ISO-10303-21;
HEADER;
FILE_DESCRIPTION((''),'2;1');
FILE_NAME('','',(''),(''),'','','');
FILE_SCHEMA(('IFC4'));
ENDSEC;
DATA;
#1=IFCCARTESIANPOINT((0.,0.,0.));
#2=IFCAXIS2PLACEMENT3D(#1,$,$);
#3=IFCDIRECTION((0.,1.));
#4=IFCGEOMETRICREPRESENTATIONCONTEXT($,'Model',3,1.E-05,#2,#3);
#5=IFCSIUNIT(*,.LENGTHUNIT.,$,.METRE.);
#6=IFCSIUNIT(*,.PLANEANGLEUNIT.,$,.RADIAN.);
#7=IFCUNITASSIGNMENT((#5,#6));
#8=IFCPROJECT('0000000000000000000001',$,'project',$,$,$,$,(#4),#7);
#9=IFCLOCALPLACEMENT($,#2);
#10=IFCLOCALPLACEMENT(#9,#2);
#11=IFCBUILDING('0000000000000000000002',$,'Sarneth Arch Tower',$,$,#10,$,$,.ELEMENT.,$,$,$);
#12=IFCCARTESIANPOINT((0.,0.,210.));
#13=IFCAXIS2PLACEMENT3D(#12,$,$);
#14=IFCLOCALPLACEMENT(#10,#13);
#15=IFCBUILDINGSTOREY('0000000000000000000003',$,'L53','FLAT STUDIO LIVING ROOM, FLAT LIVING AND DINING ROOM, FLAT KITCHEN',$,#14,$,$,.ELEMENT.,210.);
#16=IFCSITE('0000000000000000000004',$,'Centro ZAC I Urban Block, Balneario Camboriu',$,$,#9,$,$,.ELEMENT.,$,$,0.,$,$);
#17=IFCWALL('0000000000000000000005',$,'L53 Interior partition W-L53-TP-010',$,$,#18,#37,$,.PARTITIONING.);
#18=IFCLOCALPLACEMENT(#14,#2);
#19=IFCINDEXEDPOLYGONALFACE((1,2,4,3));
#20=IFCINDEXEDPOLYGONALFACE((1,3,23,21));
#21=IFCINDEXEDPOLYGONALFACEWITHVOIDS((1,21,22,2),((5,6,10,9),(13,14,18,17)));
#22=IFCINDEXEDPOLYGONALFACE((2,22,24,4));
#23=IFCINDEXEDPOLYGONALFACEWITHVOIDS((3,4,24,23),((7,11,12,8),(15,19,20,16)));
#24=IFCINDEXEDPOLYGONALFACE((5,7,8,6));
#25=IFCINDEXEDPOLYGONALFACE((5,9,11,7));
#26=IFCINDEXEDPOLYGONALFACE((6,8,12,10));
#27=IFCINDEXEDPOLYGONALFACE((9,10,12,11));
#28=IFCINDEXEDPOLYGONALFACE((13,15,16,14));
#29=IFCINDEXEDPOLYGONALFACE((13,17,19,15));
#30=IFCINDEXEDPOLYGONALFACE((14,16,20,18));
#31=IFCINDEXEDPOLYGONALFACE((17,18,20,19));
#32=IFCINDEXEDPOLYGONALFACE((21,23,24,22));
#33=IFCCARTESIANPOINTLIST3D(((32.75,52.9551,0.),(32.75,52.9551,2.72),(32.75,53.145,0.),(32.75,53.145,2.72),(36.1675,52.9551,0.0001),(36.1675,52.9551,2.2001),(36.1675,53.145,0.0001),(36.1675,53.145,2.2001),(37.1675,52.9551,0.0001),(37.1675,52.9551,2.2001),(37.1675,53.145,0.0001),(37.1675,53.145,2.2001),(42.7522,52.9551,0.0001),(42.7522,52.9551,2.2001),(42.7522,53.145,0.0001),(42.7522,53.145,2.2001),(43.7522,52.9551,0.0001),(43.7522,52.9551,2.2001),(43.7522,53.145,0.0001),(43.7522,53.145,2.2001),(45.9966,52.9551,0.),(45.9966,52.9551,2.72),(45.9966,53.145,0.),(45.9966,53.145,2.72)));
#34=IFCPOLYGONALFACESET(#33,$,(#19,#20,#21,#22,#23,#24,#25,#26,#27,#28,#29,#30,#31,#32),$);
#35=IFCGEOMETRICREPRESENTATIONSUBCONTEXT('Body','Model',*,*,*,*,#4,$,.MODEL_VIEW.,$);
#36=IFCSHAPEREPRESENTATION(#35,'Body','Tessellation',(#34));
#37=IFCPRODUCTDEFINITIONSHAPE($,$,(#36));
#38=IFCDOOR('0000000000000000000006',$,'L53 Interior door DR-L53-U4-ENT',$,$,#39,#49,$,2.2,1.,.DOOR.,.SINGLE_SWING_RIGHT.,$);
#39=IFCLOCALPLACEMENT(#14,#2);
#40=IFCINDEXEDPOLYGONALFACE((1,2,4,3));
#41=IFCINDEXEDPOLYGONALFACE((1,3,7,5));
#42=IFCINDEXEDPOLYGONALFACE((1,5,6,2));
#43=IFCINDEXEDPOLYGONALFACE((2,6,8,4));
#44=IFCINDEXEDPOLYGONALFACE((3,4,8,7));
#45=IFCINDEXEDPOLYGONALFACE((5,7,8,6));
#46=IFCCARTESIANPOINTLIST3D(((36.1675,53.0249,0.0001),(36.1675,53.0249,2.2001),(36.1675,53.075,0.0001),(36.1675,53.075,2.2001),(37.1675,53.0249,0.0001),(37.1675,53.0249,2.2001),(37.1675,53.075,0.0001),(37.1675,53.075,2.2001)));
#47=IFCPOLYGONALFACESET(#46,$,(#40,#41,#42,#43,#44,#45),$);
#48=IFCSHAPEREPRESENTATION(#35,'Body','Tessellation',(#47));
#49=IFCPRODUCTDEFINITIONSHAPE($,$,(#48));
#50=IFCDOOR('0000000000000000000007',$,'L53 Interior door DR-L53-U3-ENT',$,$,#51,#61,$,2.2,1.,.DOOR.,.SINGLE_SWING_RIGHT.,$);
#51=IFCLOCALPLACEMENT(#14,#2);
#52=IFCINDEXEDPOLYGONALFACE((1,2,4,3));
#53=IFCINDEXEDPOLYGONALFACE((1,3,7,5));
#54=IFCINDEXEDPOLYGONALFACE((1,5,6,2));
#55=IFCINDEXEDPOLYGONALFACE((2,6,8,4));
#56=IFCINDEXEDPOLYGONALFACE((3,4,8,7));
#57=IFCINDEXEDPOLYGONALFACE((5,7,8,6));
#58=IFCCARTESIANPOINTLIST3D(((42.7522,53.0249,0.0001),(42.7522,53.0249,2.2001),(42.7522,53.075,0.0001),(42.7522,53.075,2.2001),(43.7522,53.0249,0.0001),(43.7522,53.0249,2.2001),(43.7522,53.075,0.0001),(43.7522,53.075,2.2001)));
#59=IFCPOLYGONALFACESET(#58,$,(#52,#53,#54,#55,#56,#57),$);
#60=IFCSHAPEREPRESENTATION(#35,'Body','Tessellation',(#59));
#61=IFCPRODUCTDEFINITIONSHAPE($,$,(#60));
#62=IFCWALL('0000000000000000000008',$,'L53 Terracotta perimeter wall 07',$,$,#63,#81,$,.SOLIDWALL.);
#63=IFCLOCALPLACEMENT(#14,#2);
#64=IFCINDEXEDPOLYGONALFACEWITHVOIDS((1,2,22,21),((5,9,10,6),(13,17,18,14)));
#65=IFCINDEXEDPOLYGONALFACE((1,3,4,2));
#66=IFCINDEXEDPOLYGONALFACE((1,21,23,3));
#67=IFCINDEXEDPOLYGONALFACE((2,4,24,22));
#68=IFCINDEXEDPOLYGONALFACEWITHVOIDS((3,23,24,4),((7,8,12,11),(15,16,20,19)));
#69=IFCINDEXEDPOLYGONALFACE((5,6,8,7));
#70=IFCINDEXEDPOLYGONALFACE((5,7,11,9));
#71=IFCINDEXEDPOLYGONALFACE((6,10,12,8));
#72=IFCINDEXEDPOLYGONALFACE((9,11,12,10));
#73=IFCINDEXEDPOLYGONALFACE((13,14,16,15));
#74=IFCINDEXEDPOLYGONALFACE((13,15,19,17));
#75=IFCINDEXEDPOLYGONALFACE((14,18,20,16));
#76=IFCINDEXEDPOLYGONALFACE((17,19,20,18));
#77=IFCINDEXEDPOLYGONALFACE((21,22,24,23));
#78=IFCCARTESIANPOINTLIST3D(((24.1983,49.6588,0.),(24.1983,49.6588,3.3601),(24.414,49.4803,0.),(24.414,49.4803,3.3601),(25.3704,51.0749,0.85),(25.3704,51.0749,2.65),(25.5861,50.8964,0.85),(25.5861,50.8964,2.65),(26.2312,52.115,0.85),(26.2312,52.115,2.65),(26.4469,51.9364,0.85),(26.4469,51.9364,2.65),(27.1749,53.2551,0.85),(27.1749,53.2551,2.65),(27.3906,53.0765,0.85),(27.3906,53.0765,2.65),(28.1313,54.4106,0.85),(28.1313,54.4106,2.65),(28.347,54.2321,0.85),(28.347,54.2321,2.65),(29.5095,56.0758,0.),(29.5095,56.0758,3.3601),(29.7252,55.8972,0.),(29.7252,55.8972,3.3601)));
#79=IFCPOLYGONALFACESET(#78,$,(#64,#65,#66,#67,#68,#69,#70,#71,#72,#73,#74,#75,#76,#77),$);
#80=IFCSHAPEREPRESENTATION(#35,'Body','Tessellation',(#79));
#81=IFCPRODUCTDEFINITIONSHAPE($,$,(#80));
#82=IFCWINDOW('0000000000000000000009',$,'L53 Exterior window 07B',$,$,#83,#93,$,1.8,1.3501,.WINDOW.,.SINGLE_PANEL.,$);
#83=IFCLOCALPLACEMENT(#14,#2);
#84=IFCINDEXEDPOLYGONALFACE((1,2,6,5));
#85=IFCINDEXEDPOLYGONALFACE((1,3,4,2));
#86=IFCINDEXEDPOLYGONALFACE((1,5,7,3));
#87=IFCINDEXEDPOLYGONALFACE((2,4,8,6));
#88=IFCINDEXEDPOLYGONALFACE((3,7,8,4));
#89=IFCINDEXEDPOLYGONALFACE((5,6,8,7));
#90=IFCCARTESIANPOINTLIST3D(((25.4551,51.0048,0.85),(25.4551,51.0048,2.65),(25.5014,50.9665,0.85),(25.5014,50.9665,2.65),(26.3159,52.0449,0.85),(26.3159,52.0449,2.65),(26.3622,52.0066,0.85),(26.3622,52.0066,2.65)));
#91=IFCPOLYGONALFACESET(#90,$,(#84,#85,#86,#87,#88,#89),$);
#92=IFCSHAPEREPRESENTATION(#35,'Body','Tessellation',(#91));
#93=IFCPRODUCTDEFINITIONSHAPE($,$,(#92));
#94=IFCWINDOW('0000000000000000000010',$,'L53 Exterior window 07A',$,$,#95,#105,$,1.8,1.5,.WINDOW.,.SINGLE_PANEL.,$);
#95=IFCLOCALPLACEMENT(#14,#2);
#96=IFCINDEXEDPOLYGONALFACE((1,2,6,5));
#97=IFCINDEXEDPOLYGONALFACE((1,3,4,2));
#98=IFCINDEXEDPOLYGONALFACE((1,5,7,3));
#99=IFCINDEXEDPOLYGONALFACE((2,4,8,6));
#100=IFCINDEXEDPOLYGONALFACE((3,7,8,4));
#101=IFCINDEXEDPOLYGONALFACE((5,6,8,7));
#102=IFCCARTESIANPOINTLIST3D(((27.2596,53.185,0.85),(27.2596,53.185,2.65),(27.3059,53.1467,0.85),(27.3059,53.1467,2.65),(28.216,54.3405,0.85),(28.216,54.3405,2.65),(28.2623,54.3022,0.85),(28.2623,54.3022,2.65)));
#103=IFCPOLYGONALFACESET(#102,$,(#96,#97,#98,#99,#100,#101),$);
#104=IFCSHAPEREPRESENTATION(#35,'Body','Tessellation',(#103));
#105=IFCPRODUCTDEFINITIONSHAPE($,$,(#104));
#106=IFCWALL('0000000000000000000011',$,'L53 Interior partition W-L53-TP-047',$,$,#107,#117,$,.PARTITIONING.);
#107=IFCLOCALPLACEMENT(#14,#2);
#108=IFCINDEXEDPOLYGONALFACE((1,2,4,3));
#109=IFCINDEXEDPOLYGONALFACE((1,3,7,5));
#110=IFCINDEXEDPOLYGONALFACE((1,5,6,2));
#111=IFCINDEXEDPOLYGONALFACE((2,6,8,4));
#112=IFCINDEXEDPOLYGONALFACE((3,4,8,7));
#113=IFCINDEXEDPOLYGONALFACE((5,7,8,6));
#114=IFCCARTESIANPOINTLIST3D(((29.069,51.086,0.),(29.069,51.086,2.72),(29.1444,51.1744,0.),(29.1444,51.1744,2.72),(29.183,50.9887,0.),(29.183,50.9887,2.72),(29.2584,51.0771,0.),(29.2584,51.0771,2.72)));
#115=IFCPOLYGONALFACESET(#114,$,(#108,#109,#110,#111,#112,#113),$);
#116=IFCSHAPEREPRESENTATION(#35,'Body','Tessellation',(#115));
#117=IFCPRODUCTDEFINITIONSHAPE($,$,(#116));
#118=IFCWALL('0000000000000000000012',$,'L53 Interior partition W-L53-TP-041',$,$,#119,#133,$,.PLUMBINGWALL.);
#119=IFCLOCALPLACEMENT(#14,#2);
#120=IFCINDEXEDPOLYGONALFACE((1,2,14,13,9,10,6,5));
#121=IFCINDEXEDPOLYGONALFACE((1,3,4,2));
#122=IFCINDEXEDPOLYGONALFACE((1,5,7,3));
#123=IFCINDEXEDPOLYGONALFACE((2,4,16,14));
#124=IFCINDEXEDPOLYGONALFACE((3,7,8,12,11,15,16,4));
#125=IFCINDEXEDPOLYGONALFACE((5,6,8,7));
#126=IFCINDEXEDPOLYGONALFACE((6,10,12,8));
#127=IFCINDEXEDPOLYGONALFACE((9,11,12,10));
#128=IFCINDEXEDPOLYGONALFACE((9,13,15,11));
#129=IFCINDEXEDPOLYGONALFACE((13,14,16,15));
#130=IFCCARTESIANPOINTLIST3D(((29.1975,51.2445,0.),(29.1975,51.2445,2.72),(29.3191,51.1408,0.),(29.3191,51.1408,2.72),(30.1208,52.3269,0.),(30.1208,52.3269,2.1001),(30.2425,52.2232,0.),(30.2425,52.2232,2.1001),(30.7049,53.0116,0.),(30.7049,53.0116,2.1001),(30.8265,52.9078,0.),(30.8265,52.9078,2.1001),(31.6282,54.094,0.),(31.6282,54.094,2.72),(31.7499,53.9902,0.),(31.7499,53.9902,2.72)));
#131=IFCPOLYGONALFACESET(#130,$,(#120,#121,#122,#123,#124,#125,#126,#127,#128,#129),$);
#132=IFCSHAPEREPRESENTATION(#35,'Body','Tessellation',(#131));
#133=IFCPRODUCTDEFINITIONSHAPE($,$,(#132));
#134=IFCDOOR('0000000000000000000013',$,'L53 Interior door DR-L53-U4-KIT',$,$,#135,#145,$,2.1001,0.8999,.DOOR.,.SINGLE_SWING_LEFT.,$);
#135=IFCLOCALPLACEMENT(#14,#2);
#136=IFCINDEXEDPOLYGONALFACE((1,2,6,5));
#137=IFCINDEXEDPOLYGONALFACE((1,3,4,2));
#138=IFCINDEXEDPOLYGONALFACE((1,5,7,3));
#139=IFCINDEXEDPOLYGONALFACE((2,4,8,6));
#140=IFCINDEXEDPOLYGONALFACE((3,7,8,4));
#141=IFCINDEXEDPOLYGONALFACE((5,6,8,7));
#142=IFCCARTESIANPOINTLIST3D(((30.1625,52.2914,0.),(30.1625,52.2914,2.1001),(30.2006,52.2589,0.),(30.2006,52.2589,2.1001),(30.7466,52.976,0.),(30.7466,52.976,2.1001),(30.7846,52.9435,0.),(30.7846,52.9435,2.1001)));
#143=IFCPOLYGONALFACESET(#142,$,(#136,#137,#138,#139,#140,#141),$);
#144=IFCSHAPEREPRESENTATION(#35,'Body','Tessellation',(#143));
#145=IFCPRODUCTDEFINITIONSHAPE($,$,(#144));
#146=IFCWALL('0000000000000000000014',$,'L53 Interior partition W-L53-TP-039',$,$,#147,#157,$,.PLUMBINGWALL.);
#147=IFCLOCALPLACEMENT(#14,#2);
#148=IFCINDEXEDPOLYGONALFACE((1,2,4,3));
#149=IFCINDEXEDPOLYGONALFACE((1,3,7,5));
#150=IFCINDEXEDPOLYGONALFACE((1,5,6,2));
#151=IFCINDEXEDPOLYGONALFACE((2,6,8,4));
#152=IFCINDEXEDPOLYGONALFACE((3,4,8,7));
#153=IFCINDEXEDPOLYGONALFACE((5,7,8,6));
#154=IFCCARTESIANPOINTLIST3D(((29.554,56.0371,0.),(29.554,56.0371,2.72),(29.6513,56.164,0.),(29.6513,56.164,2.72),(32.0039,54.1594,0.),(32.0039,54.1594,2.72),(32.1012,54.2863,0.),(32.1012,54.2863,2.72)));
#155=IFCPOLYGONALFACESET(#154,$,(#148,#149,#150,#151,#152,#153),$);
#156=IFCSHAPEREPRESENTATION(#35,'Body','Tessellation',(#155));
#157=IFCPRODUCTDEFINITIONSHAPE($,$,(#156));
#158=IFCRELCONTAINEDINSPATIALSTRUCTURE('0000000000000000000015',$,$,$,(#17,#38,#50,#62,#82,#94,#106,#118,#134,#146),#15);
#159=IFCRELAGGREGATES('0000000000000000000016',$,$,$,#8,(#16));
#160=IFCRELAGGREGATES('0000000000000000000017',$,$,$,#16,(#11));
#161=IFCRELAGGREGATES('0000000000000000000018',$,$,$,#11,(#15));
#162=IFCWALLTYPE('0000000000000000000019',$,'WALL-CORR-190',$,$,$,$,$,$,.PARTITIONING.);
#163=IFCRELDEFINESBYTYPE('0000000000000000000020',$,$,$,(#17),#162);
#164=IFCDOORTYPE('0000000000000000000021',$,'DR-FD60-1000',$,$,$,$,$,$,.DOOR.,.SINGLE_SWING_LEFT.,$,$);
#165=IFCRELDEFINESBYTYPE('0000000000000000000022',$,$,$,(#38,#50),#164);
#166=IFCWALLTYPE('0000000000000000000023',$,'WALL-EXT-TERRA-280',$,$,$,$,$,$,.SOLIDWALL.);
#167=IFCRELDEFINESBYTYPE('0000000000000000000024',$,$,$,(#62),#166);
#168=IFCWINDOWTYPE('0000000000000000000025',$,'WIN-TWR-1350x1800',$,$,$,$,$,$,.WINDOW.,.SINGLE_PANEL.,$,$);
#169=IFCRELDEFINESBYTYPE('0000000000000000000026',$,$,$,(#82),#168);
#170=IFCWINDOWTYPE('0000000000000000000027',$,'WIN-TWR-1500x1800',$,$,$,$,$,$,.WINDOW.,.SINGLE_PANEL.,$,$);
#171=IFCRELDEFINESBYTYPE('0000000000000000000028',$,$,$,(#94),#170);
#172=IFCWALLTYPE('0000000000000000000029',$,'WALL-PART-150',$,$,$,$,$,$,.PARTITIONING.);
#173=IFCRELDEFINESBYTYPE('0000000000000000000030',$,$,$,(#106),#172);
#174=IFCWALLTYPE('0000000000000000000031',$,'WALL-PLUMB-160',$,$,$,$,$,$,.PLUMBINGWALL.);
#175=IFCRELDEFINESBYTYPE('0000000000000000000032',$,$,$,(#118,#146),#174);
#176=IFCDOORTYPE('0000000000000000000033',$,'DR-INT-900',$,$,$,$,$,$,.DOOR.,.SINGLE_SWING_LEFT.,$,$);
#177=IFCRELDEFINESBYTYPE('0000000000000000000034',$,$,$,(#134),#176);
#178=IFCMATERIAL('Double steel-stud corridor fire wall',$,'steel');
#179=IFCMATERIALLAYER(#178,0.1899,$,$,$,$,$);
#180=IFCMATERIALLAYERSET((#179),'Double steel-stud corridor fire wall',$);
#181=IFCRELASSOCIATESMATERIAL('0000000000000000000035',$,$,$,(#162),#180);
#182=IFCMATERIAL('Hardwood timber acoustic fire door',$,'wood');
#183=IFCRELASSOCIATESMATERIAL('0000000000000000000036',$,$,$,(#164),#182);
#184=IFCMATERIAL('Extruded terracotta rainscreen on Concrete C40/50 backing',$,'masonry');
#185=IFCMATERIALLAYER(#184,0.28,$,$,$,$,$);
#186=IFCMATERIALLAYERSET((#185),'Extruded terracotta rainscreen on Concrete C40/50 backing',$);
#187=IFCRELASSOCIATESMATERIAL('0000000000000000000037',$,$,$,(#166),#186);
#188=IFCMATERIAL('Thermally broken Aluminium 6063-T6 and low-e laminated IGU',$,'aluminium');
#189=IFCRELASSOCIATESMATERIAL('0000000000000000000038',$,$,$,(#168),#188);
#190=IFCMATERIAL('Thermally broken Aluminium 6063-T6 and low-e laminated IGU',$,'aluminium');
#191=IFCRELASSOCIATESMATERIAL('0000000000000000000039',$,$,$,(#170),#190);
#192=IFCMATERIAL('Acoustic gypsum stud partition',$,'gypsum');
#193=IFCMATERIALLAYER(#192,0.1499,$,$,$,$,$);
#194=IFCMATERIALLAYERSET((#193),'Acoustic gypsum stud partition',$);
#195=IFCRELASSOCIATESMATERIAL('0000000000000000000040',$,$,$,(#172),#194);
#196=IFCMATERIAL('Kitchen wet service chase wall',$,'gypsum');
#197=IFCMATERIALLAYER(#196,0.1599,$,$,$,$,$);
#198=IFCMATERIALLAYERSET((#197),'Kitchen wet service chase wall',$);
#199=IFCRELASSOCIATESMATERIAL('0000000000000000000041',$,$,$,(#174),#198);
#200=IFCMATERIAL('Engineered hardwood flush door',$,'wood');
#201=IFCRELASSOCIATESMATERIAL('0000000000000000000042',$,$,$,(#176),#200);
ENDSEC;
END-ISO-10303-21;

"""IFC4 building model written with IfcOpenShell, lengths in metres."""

from ifc_helpers import new_model, si_unit, direction, frame, frame_2d, origin, place, context, subcontext, project, spatial, rectangle, extrude, material, layer, layer_set, type_object, element, fill, save


model = new_model("IFC4")

# Units and contexts
model_context = context("Model", 3, precision=1e-05, world=origin(), true_north=direction((0.0, 1.0)))
body_context = subcontext(model_context, "Body", "Model", "MODEL_VIEW")
ifc_project = project(units=[si_unit("LENGTHUNIT", "METRE"), si_unit("PLANEANGLEUNIT", "RADIAN")], contexts=[model_context])

# Site, building, storey
site_placement = place(None, origin())
site = spatial("IfcSite", under=ifc_project, at=site_placement, Name="Centro ZAC I Urban Block, Balneario Camboriu", CompositionType="ELEMENT", RefElevation=0.0)
building_placement = place(site_placement, origin())
building = spatial("IfcBuilding", under=site, at=building_placement, Name="Sarneth Arch Tower", CompositionType="ELEMENT")
storey_placement = place(building_placement, frame((0.0, 0.0, 210.0)))
storey = spatial("IfcBuildingStorey", under=building, at=storey_placement, Name="L53", Description="FLAT STUDIO LIVING ROOM, FLAT LIVING AND DINING ROOM, FLAT KITCHEN", CompositionType="ELEMENT", Elevation=210.0)

# Wall, openings, doors
ifc_material_1 = material(Name="Double steel-stud corridor fire wall", Category="steel")
ifc_layer_1 = layer(ifc_material_1, 0.1899)
ifc_layer_set_1 = layer_set([ifc_layer_1], Name="Double steel-stud corridor fire wall")
wall_type_1 = type_object("IfcWallType", Name="WALL-CORR-190", PredefinedType="PARTITIONING", material=ifc_layer_set_1)
wall_1_placement = place(storey_placement, frame((32.75, 53.05, 0.0), z_axis=(0.0, 0.0, 1.0), x_axis=(1.0, 0.0, 0.0)))
wall_1 = element("IfcWall", 1, at=wall_1_placement, inside=storey, type_object=wall_type_1, Name="L53 Interior partition W-L53-TP-010", PredefinedType="PARTITIONING", context=body_context, shape_type="SweptSolid", body=[
    extrude(rectangle(XDim=13.2466, YDim=0.1899, at=frame_2d((6.6233, 0.0))), origin(), (0.0, 0.0, 1.0), 2.72),
])
opening_1_placement = place(wall_1_placement, frame((3.4175, 0.0, 0.0)))
opening_1 = element("IfcOpeningElement", 2, at=opening_1_placement, cuts=wall_1, PredefinedType="OPENING", context=body_context, shape_type="SweptSolid", body=[
    extrude(rectangle(XDim=1.0, YDim=2.2, at=frame_2d((0.5, 1.1001))), frame((0.0, 0.105, 0.0), z_axis=(0.0, -1.0, 0.0), x_axis=(1.0, 0.0, 0.0)), (0.0, 0.0, 1.0), 0.21),
])
opening_2_placement = place(wall_1_placement, frame((10.0022, 0.0, 0.0)))
opening_2 = element("IfcOpeningElement", 3, at=opening_2_placement, cuts=wall_1, PredefinedType="OPENING", context=body_context, shape_type="SweptSolid", body=[
    extrude(rectangle(XDim=1.0, YDim=2.2, at=frame_2d((0.5, 1.1001))), frame((0.0, 0.105, 0.0), z_axis=(0.0, -1.0, 0.0), x_axis=(1.0, 0.0, 0.0)), (0.0, 0.0, 1.0), 0.21),
])
ifc_material_2 = material(Name="Hardwood timber acoustic fire door", Category="wood")
door_type_1 = type_object("IfcDoorType", Name="DR-FD60-1000", OperationType="SINGLE_SWING_LEFT", PredefinedType="DOOR", material=ifc_material_2)
door_1_placement = place(opening_1_placement, origin())
door_1 = element("IfcDoor", 4, at=door_1_placement, inside=storey, type_object=door_type_1, Name="L53 Interior door DR-L53-U4-ENT", OperationType="SINGLE_SWING_RIGHT", OverallHeight=2.2, OverallWidth=1.0, PredefinedType="DOOR", context=body_context, shape_type="SweptSolid", body=[
    extrude(rectangle(XDim=1.0, YDim=2.2, at=frame_2d((0.5, 1.1001))), frame((0.0, 0.0249, 0.0), z_axis=(0.0, -1.0, 0.0), x_axis=(1.0, 0.0, 0.0)), (0.0, 0.0, 1.0), 0.05),
])
fill(opening_1, door_1)
door_2_placement = place(opening_2_placement, origin())
door_2 = element("IfcDoor", 5, at=door_2_placement, inside=storey, type_object=door_type_1, Name="L53 Interior door DR-L53-U3-ENT", OperationType="SINGLE_SWING_RIGHT", OverallHeight=2.2, OverallWidth=1.0, PredefinedType="DOOR", context=body_context, shape_type="SweptSolid", body=[
    extrude(rectangle(XDim=1.0, YDim=2.2, at=frame_2d((0.5, 1.1001))), frame((0.0, 0.0249, 0.0), z_axis=(0.0, -1.0, 0.0), x_axis=(1.0, 0.0, 0.0)), (0.0, 0.0, 1.0), 0.05),
])
fill(opening_2, door_2)

# Wall, openings, windows
ifc_material_3 = material(Name="Extruded terracotta rainscreen on Concrete C40/50 backing", Category="masonry")
ifc_layer_2 = layer(ifc_material_3, 0.28)
ifc_layer_set_2 = layer_set([ifc_layer_2], Name="Extruded terracotta rainscreen on Concrete C40/50 backing")
wall_type_2 = type_object("IfcWallType", Name="WALL-EXT-TERRA-280", PredefinedType="SOLIDWALL", material=ifc_layer_set_2)
wall_2_placement = place(storey_placement, frame((29.6174, 55.9866, 0.0), z_axis=(0.0, 0.0, 1.0), x_axis=(-0.637615, -0.770355, 0.0)))
wall_2 = element("IfcWall", 6, at=wall_2_placement, inside=storey, type_object=wall_type_2, Name="L53 Terracotta perimeter wall 07", PredefinedType="SOLIDWALL", context=body_context, shape_type="SweptSolid", body=[
    extrude(rectangle(XDim=8.3298, YDim=0.28, at=frame_2d((4.165, 0.0))), origin(), (0.0, 0.0, 1.0), 3.3601),
])
opening_3_placement = place(wall_2_placement, frame((2.1616, 0.0, 0.8501)))
opening_3 = element("IfcOpeningElement", 7, at=opening_3_placement, cuts=wall_2, PredefinedType="OPENING", context=body_context, shape_type="SweptSolid", body=[
    extrude(rectangle(XDim=1.5, YDim=1.8, at=frame_2d((0.75, 0.8999))), frame((0.0, 0.1499, 0.0), z_axis=(0.0, -1.0, 0.0), x_axis=(1.0, 0.0, 0.0)), (0.0, 0.0, 1.0), 0.3),
])
opening_4_placement = place(wall_2_placement, frame((5.1416, 0.0, 0.8501)))
opening_4 = element("IfcOpeningElement", 8, at=opening_4_placement, cuts=wall_2, PredefinedType="OPENING", context=body_context, shape_type="SweptSolid", body=[
    extrude(rectangle(XDim=1.3501, YDim=1.8, at=frame_2d((0.675, 0.8999))), frame((0.0, 0.1499, 0.0), z_axis=(0.0, -1.0, 0.0), x_axis=(1.0, 0.0, 0.0)), (0.0, 0.0, 1.0), 0.3),
])
ifc_material_4 = material(Name="Thermally broken Aluminium 6063-T6 and low-e laminated IGU", Category="aluminium")
window_type_1 = type_object("IfcWindowType", Name="WIN-TWR-1350x1800", PartitioningType="SINGLE_PANEL", PredefinedType="WINDOW", material=ifc_material_4)
window_1_placement = place(opening_4_placement, origin())
window_1 = element("IfcWindow", 9, at=window_1_placement, inside=storey, type_object=window_type_1, Name="L53 Exterior window 07B", OverallHeight=1.8, OverallWidth=1.3501, PartitioningType="SINGLE_PANEL", PredefinedType="WINDOW", context=body_context, shape_type="SweptSolid", body=[
    extrude(rectangle(XDim=1.3501, YDim=1.8, at=frame_2d((0.675, 0.8999))), frame((0.0, 0.03, 0.0), z_axis=(0.0, -1.0, 0.0), x_axis=(1.0, 0.0, 0.0)), (0.0, 0.0, 1.0), 0.0601),
])
fill(opening_4, window_1)
ifc_material_5 = material(Name="Thermally broken Aluminium 6063-T6 and low-e laminated IGU", Category="aluminium")
window_type_2 = type_object("IfcWindowType", Name="WIN-TWR-1500x1800", PartitioningType="SINGLE_PANEL", PredefinedType="WINDOW", material=ifc_material_5)
window_2_placement = place(opening_3_placement, origin())
window_2 = element("IfcWindow", 10, at=window_2_placement, inside=storey, type_object=window_type_2, Name="L53 Exterior window 07A", OverallHeight=1.8, OverallWidth=1.5, PartitioningType="SINGLE_PANEL", PredefinedType="WINDOW", context=body_context, shape_type="SweptSolid", body=[
    extrude(rectangle(XDim=1.5, YDim=1.8, at=frame_2d((0.75, 0.8999))), frame((0.0, 0.03, 0.0), z_axis=(0.0, -1.0, 0.0), x_axis=(1.0, 0.0, 0.0)), (0.0, 0.0, 1.0), 0.0601),
])
fill(opening_3, window_2)

# Wall
ifc_material_6 = material(Name="Acoustic gypsum stud partition", Category="gypsum")
ifc_layer_3 = layer(ifc_material_6, 0.1499)
ifc_layer_set_3 = layer_set([ifc_layer_3], Name="Acoustic gypsum stud partition")
wall_type_3 = type_object("IfcWallType", Name="WALL-PART-150", PredefinedType="PARTITIONING", material=ifc_layer_set_3)
wall_3_placement = place(storey_placement, frame((29.2014, 51.1257, 0.0), z_axis=(0.0, 0.0, 1.0), x_axis=(-0.649233, -0.76059, 0.0)))
element("IfcWall", 11, at=wall_3_placement, inside=storey, type_object=wall_type_3, Name="L53 Interior partition W-L53-TP-047", PredefinedType="PARTITIONING", context=body_context, shape_type="SweptSolid", body=[
    extrude(rectangle(XDim=0.1162, YDim=0.1499, at=frame_2d((0.0581, 0.0))), origin(), (0.0, 0.0, 1.0), 2.72),
])

# Wall, opening, door
ifc_material_7 = material(Name="Kitchen wet service chase wall", Category="gypsum")
ifc_layer_4 = layer(ifc_material_7, 0.1599)
ifc_layer_set_4 = layer_set([ifc_layer_4], Name="Kitchen wet service chase wall")
wall_type_4 = type_object("IfcWallType", Name="WALL-PLUMB-160", PredefinedType="PLUMBINGWALL", material=ifc_layer_set_4)
wall_4_placement = place(storey_placement, frame((31.689, 54.042, 0.0), z_axis=(0.0, 0.0, 1.0), x_axis=(-0.648997, -0.760791, 0.0)))
wall_4 = element("IfcWall", 12, at=wall_4_placement, inside=storey, type_object=wall_type_4, Name="L53 Interior partition W-L53-TP-041", PredefinedType="PLUMBINGWALL", context=body_context, shape_type="SweptSolid", body=[
    extrude(rectangle(XDim=3.7454, YDim=0.1599, at=frame_2d((1.8726, 0.0))), origin(), (0.0, 0.0, 1.0), 2.72),
])
opening_5_placement = place(wall_4_placement, frame((1.4226, 0.0, 0.0)))
opening_5 = element("IfcOpeningElement", 13, at=opening_5_placement, cuts=wall_4, PredefinedType="OPENING", context=body_context, shape_type="SweptSolid", body=[
    extrude(rectangle(XDim=0.8999, YDim=2.1001, at=frame_2d((0.45, 1.05))), frame((0.0, 0.0898, 0.0), z_axis=(0.0, -1.0, 0.0), x_axis=(1.0, 0.0, 0.0)), (0.0, 0.0, 1.0), 0.1799),
])
ifc_material_8 = material(Name="Engineered hardwood flush door", Category="wood")
door_type_2 = type_object("IfcDoorType", Name="DR-INT-900", OperationType="SINGLE_SWING_LEFT", PredefinedType="DOOR", material=ifc_material_8)
door_3_placement = place(opening_5_placement, origin())
door_3 = element("IfcDoor", 14, at=door_3_placement, inside=storey, type_object=door_type_2, Name="L53 Interior door DR-L53-U4-KIT", OperationType="SINGLE_SWING_LEFT", OverallHeight=2.1001, OverallWidth=0.8999, PredefinedType="DOOR", context=body_context, shape_type="SweptSolid", body=[
    extrude(rectangle(XDim=0.8999, YDim=2.1001, at=frame_2d((0.45, 1.05))), frame((0.0, 0.0249, 0.0), z_axis=(0.0, -1.0, 0.0), x_axis=(1.0, 0.0, 0.0)), (0.0, 0.0, 1.0), 0.05),
])
fill(opening_5, door_3)

# Wall
wall_5_placement = place(storey_placement, frame((29.6025, 56.1006, 0.0), z_axis=(0.0, 0.0, 1.0), x_axis=(0.793702, -0.608307, 0.0)))
element("IfcWall", 15, at=wall_5_placement, inside=storey, type_object=wall_type_4, Name="L53 Interior partition W-L53-TP-039", PredefinedType="PLUMBINGWALL", context=body_context, shape_type="SweptSolid", body=[
    extrude(rectangle(XDim=3.0867, YDim=0.1599, at=frame_2d((1.5435, 0.0))), origin(), (0.0, 0.0, 1.0), 2.72),
])

save(model, "model.ifc")
